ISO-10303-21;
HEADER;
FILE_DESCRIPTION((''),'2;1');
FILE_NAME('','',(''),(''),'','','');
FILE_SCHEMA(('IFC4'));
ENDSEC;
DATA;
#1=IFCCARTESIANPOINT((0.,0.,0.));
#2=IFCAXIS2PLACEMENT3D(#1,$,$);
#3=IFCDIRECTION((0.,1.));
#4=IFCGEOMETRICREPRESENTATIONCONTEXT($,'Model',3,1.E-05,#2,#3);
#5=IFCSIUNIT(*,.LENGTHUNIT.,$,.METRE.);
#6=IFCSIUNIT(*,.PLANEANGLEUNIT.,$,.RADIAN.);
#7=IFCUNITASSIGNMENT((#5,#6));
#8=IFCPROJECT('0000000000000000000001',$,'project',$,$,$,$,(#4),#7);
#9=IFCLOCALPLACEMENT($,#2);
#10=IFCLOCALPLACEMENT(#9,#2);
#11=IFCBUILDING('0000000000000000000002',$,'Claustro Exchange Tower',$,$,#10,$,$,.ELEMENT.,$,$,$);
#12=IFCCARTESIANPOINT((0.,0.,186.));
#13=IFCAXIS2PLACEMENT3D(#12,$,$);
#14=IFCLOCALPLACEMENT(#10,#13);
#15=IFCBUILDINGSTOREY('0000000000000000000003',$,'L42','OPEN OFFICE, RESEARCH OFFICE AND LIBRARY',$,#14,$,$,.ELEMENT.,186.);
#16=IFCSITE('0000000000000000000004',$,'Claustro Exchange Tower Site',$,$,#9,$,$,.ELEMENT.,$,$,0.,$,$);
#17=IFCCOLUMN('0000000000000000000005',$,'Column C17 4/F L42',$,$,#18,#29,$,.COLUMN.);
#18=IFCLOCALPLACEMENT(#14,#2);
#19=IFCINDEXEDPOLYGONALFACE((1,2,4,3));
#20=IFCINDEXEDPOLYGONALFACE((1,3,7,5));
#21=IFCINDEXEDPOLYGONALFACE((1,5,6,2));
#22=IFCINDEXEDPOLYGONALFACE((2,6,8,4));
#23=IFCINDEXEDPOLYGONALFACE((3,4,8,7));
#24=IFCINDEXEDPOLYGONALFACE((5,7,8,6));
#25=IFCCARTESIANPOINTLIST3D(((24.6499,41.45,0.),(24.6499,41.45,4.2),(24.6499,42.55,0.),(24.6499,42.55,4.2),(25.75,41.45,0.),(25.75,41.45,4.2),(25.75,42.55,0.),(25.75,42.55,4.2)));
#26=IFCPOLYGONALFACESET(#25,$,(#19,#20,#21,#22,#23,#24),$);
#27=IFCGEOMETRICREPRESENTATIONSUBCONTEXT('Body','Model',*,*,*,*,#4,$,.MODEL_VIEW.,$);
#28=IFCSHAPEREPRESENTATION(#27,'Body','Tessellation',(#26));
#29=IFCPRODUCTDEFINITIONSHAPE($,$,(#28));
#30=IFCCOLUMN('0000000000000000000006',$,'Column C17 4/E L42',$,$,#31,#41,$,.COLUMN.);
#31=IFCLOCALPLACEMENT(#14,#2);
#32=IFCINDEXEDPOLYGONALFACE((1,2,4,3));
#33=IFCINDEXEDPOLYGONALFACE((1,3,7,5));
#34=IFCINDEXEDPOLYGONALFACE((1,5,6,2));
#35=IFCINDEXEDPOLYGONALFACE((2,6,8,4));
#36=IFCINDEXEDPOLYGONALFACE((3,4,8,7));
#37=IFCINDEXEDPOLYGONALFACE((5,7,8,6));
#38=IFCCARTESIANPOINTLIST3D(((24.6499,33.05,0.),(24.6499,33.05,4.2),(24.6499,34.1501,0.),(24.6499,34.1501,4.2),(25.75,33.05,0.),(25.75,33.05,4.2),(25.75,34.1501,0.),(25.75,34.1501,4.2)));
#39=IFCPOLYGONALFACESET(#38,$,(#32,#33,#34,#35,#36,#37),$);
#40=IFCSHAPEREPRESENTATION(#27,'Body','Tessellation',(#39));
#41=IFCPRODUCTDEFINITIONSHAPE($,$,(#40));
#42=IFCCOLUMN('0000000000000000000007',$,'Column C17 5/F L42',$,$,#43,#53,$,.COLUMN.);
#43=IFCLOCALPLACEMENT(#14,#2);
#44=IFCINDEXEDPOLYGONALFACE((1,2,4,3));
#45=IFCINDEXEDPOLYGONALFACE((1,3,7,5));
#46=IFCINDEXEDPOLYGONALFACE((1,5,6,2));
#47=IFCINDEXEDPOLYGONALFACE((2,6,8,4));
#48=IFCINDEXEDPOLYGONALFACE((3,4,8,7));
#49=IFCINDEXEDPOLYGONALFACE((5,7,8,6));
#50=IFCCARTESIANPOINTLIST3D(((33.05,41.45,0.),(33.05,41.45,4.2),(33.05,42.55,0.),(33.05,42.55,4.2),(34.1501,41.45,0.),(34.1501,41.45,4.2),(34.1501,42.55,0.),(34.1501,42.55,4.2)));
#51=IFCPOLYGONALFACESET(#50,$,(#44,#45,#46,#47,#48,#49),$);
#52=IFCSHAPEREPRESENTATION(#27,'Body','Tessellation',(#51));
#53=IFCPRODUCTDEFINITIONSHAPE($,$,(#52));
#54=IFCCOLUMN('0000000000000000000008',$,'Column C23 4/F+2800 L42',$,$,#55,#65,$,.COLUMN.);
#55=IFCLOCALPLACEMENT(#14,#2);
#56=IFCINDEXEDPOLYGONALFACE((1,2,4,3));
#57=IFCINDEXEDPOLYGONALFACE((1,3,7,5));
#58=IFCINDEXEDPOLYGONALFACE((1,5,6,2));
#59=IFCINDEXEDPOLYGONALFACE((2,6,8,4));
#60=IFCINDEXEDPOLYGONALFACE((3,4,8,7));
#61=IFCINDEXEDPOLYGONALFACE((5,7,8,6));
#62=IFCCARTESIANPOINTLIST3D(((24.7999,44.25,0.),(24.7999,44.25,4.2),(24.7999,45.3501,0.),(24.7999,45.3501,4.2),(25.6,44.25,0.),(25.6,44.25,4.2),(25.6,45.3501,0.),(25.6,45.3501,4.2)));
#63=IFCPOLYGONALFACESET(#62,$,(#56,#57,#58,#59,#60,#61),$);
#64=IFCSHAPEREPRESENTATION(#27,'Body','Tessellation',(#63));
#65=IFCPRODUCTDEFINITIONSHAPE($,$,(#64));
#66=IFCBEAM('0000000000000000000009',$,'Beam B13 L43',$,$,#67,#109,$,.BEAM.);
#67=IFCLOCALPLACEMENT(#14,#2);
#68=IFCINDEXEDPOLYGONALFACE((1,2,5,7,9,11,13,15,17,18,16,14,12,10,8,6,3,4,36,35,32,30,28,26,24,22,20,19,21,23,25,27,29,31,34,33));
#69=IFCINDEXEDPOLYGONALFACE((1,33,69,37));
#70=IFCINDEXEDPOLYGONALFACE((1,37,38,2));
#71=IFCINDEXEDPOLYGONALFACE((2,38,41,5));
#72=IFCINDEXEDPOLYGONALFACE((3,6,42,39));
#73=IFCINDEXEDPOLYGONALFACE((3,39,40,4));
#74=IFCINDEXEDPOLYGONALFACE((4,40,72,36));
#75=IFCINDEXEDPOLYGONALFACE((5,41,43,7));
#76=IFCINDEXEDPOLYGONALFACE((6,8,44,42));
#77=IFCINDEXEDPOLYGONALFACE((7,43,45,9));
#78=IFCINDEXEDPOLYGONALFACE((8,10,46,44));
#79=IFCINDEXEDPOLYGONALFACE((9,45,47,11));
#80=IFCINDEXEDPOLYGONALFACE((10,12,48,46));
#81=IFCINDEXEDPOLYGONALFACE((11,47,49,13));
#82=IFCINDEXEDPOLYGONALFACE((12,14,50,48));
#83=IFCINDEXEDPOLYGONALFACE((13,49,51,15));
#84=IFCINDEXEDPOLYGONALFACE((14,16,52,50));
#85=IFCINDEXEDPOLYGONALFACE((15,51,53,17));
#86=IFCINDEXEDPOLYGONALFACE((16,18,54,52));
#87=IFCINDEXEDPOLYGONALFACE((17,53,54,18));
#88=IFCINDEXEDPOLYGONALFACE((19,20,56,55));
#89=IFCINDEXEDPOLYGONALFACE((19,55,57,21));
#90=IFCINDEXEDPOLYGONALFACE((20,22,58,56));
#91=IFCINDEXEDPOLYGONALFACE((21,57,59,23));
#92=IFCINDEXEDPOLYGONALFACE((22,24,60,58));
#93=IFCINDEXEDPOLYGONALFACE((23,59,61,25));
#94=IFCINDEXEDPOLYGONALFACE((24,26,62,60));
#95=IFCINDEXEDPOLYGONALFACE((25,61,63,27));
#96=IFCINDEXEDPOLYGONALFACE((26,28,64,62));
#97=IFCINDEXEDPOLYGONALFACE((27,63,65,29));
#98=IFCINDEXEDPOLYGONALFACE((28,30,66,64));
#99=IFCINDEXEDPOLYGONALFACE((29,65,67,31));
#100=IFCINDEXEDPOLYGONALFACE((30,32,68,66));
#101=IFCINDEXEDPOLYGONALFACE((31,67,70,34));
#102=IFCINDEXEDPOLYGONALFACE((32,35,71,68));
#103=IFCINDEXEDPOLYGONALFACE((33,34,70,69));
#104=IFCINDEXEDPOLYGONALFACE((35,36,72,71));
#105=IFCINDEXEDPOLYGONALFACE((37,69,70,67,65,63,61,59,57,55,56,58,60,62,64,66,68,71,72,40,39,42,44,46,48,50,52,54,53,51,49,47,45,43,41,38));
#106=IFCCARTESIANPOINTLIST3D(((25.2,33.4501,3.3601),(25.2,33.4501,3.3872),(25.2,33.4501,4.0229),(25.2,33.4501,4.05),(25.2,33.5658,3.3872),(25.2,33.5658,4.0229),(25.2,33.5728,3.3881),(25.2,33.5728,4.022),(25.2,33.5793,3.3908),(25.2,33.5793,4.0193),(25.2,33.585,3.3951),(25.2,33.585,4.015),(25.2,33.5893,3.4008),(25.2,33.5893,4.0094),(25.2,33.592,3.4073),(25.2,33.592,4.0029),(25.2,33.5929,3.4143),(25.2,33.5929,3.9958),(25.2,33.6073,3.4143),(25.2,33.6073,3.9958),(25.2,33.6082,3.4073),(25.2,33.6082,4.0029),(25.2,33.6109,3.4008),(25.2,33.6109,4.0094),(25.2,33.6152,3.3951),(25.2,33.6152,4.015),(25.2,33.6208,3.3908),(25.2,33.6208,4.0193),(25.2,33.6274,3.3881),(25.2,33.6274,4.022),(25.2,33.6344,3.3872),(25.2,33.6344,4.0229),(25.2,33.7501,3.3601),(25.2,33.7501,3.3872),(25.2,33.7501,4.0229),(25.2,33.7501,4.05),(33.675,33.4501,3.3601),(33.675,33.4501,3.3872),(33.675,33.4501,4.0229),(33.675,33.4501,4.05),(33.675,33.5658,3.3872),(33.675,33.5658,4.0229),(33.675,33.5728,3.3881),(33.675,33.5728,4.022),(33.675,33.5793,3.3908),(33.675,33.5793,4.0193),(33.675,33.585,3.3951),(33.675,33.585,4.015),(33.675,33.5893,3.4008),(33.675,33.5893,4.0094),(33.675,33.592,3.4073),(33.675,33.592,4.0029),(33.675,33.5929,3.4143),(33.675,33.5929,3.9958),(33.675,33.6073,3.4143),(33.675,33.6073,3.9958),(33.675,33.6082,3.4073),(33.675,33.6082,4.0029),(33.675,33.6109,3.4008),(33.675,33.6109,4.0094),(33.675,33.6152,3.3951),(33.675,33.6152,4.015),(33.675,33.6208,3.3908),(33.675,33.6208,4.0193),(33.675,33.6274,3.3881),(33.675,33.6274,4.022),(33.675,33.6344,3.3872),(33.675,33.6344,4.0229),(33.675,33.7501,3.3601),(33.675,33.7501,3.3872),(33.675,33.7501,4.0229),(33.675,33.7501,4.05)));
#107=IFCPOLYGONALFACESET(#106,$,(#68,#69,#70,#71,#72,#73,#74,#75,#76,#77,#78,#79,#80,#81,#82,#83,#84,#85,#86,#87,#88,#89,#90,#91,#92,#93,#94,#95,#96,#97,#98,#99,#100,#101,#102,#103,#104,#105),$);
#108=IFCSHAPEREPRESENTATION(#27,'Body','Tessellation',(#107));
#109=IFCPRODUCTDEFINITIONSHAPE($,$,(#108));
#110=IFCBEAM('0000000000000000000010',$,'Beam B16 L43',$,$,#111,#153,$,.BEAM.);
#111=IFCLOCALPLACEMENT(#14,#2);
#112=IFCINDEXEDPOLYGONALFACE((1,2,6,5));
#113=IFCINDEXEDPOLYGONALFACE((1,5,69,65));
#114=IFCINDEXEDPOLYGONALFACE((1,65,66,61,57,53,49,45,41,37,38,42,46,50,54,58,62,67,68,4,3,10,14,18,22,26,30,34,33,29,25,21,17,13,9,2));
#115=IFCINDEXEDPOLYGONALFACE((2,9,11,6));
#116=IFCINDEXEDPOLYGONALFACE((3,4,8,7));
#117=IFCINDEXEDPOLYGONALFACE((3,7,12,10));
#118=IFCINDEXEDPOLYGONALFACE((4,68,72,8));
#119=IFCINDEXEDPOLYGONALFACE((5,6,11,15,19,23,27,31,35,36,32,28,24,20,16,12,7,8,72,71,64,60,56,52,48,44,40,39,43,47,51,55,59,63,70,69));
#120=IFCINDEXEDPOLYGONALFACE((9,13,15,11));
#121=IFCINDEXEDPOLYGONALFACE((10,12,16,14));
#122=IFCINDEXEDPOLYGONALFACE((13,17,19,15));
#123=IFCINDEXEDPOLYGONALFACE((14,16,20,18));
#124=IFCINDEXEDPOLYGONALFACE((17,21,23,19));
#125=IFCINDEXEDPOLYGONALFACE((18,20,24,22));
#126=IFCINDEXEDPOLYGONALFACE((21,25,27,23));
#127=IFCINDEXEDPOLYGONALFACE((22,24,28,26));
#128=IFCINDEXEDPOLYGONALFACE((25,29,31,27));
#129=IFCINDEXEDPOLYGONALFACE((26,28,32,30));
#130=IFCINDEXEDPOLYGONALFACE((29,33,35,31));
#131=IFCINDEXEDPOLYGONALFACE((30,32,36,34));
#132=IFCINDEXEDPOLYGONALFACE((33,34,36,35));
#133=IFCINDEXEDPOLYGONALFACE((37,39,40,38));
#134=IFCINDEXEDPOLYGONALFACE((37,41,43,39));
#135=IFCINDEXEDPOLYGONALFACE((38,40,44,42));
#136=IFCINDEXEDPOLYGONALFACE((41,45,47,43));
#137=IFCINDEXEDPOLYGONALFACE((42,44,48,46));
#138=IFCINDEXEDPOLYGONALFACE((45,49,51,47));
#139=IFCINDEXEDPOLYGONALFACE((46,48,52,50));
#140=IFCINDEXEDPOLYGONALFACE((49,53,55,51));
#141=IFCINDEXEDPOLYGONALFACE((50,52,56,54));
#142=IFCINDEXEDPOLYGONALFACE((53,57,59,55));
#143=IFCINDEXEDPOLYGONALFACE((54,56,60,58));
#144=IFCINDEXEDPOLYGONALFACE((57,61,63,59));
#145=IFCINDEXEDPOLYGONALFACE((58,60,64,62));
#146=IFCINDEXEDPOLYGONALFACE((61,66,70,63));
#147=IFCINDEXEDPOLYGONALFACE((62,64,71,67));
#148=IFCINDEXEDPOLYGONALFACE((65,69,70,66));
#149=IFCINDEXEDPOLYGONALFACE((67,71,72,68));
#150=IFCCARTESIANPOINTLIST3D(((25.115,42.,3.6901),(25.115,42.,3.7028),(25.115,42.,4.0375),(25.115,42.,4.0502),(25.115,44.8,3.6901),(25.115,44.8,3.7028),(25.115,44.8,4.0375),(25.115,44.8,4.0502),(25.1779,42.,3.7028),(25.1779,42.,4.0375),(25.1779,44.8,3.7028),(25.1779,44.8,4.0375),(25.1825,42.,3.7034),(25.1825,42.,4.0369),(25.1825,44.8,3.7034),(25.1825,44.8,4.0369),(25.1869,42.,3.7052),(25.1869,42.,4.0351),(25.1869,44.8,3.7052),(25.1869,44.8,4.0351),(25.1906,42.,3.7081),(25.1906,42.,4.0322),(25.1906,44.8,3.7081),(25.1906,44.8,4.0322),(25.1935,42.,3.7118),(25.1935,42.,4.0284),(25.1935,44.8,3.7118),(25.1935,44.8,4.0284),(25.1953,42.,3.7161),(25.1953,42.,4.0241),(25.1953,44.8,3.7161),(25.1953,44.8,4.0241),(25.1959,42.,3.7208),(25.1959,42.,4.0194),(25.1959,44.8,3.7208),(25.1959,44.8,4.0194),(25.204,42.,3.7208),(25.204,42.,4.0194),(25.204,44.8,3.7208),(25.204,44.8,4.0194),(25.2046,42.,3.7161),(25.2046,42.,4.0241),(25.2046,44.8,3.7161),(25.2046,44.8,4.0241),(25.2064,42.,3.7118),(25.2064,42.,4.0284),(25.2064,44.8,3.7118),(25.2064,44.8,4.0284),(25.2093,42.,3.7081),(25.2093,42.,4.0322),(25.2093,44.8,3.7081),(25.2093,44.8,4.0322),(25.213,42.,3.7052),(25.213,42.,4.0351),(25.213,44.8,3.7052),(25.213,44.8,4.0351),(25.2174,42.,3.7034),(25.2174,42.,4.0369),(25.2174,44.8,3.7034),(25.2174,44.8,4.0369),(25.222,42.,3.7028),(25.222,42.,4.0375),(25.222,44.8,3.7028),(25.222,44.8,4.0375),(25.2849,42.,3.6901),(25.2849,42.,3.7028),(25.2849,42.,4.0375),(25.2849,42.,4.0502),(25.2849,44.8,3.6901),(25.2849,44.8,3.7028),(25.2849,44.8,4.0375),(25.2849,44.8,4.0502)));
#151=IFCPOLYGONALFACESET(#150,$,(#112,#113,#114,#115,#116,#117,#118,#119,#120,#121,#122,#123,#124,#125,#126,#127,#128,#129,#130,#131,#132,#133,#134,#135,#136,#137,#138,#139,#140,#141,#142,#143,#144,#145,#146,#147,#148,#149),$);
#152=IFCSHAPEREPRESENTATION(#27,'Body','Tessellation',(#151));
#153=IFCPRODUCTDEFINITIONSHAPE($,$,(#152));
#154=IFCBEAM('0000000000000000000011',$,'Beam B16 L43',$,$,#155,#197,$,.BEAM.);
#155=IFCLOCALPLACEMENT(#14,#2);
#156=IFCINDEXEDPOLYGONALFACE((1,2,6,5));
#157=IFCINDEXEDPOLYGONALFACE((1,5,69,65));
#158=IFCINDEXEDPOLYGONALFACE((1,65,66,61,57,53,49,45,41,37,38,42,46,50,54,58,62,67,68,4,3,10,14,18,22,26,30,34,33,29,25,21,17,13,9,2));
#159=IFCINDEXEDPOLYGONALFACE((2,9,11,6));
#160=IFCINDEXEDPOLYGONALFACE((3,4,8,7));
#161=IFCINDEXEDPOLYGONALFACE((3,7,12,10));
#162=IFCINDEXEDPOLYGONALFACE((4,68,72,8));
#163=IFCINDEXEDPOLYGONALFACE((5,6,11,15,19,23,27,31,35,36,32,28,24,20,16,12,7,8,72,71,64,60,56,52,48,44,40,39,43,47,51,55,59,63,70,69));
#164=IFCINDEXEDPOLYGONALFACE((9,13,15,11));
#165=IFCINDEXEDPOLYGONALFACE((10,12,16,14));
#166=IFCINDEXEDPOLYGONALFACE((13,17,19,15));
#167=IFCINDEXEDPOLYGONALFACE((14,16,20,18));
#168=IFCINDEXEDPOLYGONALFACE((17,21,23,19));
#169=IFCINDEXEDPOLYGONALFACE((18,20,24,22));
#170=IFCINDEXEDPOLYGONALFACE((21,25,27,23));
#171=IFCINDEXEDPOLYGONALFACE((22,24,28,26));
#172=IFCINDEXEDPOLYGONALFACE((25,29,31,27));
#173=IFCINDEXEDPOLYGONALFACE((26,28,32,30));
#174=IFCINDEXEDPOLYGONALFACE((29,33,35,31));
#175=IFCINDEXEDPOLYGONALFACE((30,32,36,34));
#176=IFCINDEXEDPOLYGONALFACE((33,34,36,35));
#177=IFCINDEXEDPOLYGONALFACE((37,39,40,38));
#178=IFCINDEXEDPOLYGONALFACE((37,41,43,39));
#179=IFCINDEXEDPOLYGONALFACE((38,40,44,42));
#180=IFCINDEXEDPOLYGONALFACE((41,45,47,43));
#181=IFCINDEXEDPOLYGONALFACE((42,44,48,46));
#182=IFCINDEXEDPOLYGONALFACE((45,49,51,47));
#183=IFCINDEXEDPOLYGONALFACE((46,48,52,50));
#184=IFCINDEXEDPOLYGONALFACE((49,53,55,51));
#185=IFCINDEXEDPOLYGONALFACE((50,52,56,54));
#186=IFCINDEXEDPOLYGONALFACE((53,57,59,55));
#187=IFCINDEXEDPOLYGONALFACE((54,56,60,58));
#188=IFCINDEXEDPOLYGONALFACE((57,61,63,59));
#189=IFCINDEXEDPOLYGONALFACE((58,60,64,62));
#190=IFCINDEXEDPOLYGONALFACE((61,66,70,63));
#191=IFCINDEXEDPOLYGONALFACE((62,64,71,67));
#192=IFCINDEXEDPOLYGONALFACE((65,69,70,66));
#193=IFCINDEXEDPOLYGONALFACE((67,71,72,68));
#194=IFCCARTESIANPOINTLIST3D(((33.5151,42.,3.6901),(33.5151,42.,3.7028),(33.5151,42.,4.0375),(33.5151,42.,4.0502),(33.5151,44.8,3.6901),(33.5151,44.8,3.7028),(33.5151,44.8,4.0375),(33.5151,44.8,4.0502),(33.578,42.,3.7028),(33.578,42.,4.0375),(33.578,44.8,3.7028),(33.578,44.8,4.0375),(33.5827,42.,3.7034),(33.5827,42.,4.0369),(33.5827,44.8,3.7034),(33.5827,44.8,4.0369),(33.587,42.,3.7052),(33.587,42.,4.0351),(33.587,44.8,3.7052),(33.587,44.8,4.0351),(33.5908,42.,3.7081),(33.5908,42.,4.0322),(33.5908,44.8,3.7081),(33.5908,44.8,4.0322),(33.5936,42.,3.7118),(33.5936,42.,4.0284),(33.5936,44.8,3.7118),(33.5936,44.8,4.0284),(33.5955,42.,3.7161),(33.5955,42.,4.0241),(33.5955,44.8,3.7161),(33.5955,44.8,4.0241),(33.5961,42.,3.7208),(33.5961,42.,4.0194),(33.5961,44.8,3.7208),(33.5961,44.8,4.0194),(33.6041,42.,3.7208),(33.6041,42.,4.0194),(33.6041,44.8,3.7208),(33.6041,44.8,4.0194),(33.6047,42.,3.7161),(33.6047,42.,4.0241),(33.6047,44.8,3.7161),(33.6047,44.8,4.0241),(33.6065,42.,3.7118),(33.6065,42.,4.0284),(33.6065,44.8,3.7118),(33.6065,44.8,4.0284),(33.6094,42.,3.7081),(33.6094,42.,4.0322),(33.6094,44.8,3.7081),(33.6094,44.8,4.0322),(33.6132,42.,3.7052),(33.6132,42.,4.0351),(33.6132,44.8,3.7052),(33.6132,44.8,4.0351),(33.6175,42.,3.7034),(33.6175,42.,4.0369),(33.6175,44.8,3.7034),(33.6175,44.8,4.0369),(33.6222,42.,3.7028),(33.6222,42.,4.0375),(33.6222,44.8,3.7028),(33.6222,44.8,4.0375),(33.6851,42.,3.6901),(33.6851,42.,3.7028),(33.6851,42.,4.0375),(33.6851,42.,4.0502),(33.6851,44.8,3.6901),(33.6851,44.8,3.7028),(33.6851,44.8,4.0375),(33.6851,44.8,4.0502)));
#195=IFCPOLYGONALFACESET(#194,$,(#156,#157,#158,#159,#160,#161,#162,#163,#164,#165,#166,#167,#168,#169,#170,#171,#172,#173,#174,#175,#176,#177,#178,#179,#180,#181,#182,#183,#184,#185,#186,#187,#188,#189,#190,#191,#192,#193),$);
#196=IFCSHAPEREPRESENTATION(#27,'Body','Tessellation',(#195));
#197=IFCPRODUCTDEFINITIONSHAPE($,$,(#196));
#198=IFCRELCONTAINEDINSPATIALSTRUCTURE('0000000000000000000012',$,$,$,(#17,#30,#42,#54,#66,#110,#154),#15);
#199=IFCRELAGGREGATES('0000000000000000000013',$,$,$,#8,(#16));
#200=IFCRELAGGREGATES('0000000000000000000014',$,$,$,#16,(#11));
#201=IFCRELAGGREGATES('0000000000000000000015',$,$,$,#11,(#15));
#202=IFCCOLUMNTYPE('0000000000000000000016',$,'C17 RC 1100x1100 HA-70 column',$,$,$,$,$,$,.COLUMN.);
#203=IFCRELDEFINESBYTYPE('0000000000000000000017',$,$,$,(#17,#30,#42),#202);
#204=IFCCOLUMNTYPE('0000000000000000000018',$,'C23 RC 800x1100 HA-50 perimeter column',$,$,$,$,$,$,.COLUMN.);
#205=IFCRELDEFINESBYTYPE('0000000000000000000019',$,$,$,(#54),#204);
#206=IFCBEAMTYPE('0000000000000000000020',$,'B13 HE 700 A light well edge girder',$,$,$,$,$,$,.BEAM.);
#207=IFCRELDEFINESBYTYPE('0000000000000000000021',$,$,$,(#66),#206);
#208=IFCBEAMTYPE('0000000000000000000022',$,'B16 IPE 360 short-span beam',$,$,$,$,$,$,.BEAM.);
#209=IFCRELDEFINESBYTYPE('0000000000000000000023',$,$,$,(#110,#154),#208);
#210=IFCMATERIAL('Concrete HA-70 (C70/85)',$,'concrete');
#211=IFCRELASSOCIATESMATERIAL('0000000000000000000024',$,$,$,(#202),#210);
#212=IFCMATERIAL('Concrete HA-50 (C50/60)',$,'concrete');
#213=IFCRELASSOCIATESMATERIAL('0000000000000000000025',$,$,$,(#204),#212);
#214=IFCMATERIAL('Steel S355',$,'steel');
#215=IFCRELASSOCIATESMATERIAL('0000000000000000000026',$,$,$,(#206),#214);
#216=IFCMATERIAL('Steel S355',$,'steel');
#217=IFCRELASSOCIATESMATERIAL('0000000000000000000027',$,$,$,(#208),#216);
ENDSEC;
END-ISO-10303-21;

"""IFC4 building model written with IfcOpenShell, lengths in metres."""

from ifc_helpers import new_model, si_unit, direction, frame, origin, origin_2d, place, context, subcontext, project, spatial, rectangle, i_section, extrude, material, material_profile, profile_set, type_object, element, save


model = new_model("IFC4")

# Units and contexts
model_context = context("Model", 3, precision=1e-05, world=origin(), true_north=direction((0.0, 1.0)))
body_context = subcontext(model_context, "Body", "Model", "MODEL_VIEW")
ifc_project = project(units=[si_unit("LENGTHUNIT", "METRE"), si_unit("PLANEANGLEUNIT", "RADIAN")], contexts=[model_context])

# Site, building, storey
site_placement = place(None, origin())
site = spatial("IfcSite", under=ifc_project, at=site_placement, Name="Claustro Exchange Tower Site", CompositionType="ELEMENT", RefElevation=0.0)
building_placement = place(site_placement, origin())
building = spatial("IfcBuilding", under=site, at=building_placement, Name="Claustro Exchange Tower", CompositionType="ELEMENT")
storey_placement = place(building_placement, frame((0.0, 0.0, 186.0)))
storey = spatial("IfcBuildingStorey", under=building, at=storey_placement, Name="L42", Description="OPEN OFFICE, RESEARCH OFFICE AND LIBRARY", CompositionType="ELEMENT", Elevation=186.0)

# Columns
ifc_material_1 = material(Name="Concrete HA-70 (C70/85)", Category="concrete")
ifc_material_profile_1 = material_profile(ifc_material_1, rectangle(XDim=1.1001, YDim=1.1001, at=origin_2d()), Name="RC 1100x1100")
ifc_profile_set_1 = profile_set([ifc_material_profile_1], Name="Concrete HA-70 (C70/85)")
column_type_1 = type_object("IfcColumnType", Name="C17 RC 1100x1100 HA-70 column", PredefinedType="COLUMN", material=ifc_profile_set_1)
for number, where, z_axis, x_axis, name in (
    (1, (25.2, 42.0, 0.0), (0.0, 0.0, 1.0), (1.0, 0.0, 0.0), "Column C17 4/F L42"),
    (2, (25.2, 33.6001, 0.0), (0.0, 0.0, 1.0), (1.0, 0.0, 0.0), "Column C17 4/E L42"),
    (3, (33.6001, 42.0, 0.0), (0.0, 0.0, 1.0), (1.0, 0.0, 0.0), "Column C17 5/F L42"),
):
    element("IfcColumn", number, at=place(storey_placement, frame(where, z_axis=z_axis, x_axis=x_axis)), inside=storey, type_object=column_type_1, Name=name, PredefinedType="COLUMN", context=body_context, shape_type="SweptSolid", body=[
        extrude(rectangle(XDim=1.1001, YDim=1.1001, at=origin_2d()), origin(), (0.0, 0.0, 1.0), 4.2),
    ])
ifc_material_2 = material(Name="Concrete HA-50 (C50/60)", Category="concrete")
ifc_material_profile_2 = material_profile(ifc_material_2, rectangle(XDim=0.8, YDim=1.1001, at=origin_2d()), Name="RC 800x1100")
ifc_profile_set_2 = profile_set([ifc_material_profile_2], Name="Concrete HA-50 (C50/60)")
column_type_2 = type_object("IfcColumnType", Name="C23 RC 800x1100 HA-50 perimeter column", PredefinedType="COLUMN", material=ifc_profile_set_2)
column_placement = place(storey_placement, frame((25.2, 44.8, 0.0), z_axis=(0.0, 0.0, 1.0), x_axis=(1.0, 0.0, 0.0)))
element("IfcColumn", 4, at=column_placement, inside=storey, type_object=column_type_2, Name="Column C23 4/F+2800 L42", PredefinedType="COLUMN", context=body_context, shape_type="SweptSolid", body=[
    extrude(rectangle(XDim=0.8, YDim=1.1001, at=origin_2d()), origin(), (0.0, 0.0, 1.0), 4.2),
])

# Beams
ifc_material_3 = material(Name="Steel S355", Category="steel")
ifc_material_profile_3 = material_profile(ifc_material_3, i_section(OverallWidth=0.3, OverallDepth=0.6899, WebThickness=0.0144, FlangeThickness=0.0271, FilletRadius=0.0271, at=origin_2d()), Name="HE 700 A")
ifc_profile_set_3 = profile_set([ifc_material_profile_3], Name="Steel S355")
beam_type_1 = type_object("IfcBeamType", Name="B13 HE 700 A light well edge girder", PredefinedType="BEAM", material=ifc_profile_set_3)
beam_1_placement = place(storey_placement, frame((25.2, 33.6001, 3.7051), z_axis=(1.0, 0.0, 0.0), x_axis=(0.0, 1.0, 0.0)))
element("IfcBeam", 5, at=beam_1_placement, inside=storey, type_object=beam_type_1, Name="Beam B13 L43", PredefinedType="BEAM", context=body_context, shape_type="SweptSolid", body=[
    extrude(i_section(OverallWidth=0.3, OverallDepth=0.6899, WebThickness=0.0144, FlangeThickness=0.0271, FilletRadius=0.0271, at=origin_2d()), origin(), (0.0, 0.0, 1.0), 8.4751),
])
ifc_material_4 = material(Name="Steel S355", Category="steel")
ifc_material_profile_4 = material_profile(ifc_material_4, i_section(OverallWidth=0.1699, OverallDepth=0.3601, WebThickness=0.0081, FlangeThickness=0.0127, FilletRadius=0.0181, at=origin_2d()), Name="IPE 360")
ifc_profile_set_4 = profile_set([ifc_material_profile_4], Name="Steel S355")
beam_type_2 = type_object("IfcBeamType", Name="B16 IPE 360 short-span beam", PredefinedType="BEAM", material=ifc_profile_set_4)
for number, where, z_axis, x_axis, name in (
    (6, (25.2, 42.0, 3.8701), (0.0, 1.0, 0.0), (-1.0, 0.0, 0.0), "Beam B16 L43"),
    (7, (33.6001, 42.0, 3.8701), (0.0, 1.0, 0.0), (-1.0, 0.0, 0.0), "Beam B16 L43"),
):
    element("IfcBeam", number, at=place(storey_placement, frame(where, z_axis=z_axis, x_axis=x_axis)), inside=storey, type_object=beam_type_2, Name=name, PredefinedType="BEAM", context=body_context, shape_type="SweptSolid", body=[
        extrude(i_section(OverallWidth=0.1699, OverallDepth=0.3601, WebThickness=0.0081, FlangeThickness=0.0127, FilletRadius=0.0181, at=origin_2d()), origin(), (0.0, 0.0, 1.0), 2.8),
    ])

save(model, "model.ifc")
